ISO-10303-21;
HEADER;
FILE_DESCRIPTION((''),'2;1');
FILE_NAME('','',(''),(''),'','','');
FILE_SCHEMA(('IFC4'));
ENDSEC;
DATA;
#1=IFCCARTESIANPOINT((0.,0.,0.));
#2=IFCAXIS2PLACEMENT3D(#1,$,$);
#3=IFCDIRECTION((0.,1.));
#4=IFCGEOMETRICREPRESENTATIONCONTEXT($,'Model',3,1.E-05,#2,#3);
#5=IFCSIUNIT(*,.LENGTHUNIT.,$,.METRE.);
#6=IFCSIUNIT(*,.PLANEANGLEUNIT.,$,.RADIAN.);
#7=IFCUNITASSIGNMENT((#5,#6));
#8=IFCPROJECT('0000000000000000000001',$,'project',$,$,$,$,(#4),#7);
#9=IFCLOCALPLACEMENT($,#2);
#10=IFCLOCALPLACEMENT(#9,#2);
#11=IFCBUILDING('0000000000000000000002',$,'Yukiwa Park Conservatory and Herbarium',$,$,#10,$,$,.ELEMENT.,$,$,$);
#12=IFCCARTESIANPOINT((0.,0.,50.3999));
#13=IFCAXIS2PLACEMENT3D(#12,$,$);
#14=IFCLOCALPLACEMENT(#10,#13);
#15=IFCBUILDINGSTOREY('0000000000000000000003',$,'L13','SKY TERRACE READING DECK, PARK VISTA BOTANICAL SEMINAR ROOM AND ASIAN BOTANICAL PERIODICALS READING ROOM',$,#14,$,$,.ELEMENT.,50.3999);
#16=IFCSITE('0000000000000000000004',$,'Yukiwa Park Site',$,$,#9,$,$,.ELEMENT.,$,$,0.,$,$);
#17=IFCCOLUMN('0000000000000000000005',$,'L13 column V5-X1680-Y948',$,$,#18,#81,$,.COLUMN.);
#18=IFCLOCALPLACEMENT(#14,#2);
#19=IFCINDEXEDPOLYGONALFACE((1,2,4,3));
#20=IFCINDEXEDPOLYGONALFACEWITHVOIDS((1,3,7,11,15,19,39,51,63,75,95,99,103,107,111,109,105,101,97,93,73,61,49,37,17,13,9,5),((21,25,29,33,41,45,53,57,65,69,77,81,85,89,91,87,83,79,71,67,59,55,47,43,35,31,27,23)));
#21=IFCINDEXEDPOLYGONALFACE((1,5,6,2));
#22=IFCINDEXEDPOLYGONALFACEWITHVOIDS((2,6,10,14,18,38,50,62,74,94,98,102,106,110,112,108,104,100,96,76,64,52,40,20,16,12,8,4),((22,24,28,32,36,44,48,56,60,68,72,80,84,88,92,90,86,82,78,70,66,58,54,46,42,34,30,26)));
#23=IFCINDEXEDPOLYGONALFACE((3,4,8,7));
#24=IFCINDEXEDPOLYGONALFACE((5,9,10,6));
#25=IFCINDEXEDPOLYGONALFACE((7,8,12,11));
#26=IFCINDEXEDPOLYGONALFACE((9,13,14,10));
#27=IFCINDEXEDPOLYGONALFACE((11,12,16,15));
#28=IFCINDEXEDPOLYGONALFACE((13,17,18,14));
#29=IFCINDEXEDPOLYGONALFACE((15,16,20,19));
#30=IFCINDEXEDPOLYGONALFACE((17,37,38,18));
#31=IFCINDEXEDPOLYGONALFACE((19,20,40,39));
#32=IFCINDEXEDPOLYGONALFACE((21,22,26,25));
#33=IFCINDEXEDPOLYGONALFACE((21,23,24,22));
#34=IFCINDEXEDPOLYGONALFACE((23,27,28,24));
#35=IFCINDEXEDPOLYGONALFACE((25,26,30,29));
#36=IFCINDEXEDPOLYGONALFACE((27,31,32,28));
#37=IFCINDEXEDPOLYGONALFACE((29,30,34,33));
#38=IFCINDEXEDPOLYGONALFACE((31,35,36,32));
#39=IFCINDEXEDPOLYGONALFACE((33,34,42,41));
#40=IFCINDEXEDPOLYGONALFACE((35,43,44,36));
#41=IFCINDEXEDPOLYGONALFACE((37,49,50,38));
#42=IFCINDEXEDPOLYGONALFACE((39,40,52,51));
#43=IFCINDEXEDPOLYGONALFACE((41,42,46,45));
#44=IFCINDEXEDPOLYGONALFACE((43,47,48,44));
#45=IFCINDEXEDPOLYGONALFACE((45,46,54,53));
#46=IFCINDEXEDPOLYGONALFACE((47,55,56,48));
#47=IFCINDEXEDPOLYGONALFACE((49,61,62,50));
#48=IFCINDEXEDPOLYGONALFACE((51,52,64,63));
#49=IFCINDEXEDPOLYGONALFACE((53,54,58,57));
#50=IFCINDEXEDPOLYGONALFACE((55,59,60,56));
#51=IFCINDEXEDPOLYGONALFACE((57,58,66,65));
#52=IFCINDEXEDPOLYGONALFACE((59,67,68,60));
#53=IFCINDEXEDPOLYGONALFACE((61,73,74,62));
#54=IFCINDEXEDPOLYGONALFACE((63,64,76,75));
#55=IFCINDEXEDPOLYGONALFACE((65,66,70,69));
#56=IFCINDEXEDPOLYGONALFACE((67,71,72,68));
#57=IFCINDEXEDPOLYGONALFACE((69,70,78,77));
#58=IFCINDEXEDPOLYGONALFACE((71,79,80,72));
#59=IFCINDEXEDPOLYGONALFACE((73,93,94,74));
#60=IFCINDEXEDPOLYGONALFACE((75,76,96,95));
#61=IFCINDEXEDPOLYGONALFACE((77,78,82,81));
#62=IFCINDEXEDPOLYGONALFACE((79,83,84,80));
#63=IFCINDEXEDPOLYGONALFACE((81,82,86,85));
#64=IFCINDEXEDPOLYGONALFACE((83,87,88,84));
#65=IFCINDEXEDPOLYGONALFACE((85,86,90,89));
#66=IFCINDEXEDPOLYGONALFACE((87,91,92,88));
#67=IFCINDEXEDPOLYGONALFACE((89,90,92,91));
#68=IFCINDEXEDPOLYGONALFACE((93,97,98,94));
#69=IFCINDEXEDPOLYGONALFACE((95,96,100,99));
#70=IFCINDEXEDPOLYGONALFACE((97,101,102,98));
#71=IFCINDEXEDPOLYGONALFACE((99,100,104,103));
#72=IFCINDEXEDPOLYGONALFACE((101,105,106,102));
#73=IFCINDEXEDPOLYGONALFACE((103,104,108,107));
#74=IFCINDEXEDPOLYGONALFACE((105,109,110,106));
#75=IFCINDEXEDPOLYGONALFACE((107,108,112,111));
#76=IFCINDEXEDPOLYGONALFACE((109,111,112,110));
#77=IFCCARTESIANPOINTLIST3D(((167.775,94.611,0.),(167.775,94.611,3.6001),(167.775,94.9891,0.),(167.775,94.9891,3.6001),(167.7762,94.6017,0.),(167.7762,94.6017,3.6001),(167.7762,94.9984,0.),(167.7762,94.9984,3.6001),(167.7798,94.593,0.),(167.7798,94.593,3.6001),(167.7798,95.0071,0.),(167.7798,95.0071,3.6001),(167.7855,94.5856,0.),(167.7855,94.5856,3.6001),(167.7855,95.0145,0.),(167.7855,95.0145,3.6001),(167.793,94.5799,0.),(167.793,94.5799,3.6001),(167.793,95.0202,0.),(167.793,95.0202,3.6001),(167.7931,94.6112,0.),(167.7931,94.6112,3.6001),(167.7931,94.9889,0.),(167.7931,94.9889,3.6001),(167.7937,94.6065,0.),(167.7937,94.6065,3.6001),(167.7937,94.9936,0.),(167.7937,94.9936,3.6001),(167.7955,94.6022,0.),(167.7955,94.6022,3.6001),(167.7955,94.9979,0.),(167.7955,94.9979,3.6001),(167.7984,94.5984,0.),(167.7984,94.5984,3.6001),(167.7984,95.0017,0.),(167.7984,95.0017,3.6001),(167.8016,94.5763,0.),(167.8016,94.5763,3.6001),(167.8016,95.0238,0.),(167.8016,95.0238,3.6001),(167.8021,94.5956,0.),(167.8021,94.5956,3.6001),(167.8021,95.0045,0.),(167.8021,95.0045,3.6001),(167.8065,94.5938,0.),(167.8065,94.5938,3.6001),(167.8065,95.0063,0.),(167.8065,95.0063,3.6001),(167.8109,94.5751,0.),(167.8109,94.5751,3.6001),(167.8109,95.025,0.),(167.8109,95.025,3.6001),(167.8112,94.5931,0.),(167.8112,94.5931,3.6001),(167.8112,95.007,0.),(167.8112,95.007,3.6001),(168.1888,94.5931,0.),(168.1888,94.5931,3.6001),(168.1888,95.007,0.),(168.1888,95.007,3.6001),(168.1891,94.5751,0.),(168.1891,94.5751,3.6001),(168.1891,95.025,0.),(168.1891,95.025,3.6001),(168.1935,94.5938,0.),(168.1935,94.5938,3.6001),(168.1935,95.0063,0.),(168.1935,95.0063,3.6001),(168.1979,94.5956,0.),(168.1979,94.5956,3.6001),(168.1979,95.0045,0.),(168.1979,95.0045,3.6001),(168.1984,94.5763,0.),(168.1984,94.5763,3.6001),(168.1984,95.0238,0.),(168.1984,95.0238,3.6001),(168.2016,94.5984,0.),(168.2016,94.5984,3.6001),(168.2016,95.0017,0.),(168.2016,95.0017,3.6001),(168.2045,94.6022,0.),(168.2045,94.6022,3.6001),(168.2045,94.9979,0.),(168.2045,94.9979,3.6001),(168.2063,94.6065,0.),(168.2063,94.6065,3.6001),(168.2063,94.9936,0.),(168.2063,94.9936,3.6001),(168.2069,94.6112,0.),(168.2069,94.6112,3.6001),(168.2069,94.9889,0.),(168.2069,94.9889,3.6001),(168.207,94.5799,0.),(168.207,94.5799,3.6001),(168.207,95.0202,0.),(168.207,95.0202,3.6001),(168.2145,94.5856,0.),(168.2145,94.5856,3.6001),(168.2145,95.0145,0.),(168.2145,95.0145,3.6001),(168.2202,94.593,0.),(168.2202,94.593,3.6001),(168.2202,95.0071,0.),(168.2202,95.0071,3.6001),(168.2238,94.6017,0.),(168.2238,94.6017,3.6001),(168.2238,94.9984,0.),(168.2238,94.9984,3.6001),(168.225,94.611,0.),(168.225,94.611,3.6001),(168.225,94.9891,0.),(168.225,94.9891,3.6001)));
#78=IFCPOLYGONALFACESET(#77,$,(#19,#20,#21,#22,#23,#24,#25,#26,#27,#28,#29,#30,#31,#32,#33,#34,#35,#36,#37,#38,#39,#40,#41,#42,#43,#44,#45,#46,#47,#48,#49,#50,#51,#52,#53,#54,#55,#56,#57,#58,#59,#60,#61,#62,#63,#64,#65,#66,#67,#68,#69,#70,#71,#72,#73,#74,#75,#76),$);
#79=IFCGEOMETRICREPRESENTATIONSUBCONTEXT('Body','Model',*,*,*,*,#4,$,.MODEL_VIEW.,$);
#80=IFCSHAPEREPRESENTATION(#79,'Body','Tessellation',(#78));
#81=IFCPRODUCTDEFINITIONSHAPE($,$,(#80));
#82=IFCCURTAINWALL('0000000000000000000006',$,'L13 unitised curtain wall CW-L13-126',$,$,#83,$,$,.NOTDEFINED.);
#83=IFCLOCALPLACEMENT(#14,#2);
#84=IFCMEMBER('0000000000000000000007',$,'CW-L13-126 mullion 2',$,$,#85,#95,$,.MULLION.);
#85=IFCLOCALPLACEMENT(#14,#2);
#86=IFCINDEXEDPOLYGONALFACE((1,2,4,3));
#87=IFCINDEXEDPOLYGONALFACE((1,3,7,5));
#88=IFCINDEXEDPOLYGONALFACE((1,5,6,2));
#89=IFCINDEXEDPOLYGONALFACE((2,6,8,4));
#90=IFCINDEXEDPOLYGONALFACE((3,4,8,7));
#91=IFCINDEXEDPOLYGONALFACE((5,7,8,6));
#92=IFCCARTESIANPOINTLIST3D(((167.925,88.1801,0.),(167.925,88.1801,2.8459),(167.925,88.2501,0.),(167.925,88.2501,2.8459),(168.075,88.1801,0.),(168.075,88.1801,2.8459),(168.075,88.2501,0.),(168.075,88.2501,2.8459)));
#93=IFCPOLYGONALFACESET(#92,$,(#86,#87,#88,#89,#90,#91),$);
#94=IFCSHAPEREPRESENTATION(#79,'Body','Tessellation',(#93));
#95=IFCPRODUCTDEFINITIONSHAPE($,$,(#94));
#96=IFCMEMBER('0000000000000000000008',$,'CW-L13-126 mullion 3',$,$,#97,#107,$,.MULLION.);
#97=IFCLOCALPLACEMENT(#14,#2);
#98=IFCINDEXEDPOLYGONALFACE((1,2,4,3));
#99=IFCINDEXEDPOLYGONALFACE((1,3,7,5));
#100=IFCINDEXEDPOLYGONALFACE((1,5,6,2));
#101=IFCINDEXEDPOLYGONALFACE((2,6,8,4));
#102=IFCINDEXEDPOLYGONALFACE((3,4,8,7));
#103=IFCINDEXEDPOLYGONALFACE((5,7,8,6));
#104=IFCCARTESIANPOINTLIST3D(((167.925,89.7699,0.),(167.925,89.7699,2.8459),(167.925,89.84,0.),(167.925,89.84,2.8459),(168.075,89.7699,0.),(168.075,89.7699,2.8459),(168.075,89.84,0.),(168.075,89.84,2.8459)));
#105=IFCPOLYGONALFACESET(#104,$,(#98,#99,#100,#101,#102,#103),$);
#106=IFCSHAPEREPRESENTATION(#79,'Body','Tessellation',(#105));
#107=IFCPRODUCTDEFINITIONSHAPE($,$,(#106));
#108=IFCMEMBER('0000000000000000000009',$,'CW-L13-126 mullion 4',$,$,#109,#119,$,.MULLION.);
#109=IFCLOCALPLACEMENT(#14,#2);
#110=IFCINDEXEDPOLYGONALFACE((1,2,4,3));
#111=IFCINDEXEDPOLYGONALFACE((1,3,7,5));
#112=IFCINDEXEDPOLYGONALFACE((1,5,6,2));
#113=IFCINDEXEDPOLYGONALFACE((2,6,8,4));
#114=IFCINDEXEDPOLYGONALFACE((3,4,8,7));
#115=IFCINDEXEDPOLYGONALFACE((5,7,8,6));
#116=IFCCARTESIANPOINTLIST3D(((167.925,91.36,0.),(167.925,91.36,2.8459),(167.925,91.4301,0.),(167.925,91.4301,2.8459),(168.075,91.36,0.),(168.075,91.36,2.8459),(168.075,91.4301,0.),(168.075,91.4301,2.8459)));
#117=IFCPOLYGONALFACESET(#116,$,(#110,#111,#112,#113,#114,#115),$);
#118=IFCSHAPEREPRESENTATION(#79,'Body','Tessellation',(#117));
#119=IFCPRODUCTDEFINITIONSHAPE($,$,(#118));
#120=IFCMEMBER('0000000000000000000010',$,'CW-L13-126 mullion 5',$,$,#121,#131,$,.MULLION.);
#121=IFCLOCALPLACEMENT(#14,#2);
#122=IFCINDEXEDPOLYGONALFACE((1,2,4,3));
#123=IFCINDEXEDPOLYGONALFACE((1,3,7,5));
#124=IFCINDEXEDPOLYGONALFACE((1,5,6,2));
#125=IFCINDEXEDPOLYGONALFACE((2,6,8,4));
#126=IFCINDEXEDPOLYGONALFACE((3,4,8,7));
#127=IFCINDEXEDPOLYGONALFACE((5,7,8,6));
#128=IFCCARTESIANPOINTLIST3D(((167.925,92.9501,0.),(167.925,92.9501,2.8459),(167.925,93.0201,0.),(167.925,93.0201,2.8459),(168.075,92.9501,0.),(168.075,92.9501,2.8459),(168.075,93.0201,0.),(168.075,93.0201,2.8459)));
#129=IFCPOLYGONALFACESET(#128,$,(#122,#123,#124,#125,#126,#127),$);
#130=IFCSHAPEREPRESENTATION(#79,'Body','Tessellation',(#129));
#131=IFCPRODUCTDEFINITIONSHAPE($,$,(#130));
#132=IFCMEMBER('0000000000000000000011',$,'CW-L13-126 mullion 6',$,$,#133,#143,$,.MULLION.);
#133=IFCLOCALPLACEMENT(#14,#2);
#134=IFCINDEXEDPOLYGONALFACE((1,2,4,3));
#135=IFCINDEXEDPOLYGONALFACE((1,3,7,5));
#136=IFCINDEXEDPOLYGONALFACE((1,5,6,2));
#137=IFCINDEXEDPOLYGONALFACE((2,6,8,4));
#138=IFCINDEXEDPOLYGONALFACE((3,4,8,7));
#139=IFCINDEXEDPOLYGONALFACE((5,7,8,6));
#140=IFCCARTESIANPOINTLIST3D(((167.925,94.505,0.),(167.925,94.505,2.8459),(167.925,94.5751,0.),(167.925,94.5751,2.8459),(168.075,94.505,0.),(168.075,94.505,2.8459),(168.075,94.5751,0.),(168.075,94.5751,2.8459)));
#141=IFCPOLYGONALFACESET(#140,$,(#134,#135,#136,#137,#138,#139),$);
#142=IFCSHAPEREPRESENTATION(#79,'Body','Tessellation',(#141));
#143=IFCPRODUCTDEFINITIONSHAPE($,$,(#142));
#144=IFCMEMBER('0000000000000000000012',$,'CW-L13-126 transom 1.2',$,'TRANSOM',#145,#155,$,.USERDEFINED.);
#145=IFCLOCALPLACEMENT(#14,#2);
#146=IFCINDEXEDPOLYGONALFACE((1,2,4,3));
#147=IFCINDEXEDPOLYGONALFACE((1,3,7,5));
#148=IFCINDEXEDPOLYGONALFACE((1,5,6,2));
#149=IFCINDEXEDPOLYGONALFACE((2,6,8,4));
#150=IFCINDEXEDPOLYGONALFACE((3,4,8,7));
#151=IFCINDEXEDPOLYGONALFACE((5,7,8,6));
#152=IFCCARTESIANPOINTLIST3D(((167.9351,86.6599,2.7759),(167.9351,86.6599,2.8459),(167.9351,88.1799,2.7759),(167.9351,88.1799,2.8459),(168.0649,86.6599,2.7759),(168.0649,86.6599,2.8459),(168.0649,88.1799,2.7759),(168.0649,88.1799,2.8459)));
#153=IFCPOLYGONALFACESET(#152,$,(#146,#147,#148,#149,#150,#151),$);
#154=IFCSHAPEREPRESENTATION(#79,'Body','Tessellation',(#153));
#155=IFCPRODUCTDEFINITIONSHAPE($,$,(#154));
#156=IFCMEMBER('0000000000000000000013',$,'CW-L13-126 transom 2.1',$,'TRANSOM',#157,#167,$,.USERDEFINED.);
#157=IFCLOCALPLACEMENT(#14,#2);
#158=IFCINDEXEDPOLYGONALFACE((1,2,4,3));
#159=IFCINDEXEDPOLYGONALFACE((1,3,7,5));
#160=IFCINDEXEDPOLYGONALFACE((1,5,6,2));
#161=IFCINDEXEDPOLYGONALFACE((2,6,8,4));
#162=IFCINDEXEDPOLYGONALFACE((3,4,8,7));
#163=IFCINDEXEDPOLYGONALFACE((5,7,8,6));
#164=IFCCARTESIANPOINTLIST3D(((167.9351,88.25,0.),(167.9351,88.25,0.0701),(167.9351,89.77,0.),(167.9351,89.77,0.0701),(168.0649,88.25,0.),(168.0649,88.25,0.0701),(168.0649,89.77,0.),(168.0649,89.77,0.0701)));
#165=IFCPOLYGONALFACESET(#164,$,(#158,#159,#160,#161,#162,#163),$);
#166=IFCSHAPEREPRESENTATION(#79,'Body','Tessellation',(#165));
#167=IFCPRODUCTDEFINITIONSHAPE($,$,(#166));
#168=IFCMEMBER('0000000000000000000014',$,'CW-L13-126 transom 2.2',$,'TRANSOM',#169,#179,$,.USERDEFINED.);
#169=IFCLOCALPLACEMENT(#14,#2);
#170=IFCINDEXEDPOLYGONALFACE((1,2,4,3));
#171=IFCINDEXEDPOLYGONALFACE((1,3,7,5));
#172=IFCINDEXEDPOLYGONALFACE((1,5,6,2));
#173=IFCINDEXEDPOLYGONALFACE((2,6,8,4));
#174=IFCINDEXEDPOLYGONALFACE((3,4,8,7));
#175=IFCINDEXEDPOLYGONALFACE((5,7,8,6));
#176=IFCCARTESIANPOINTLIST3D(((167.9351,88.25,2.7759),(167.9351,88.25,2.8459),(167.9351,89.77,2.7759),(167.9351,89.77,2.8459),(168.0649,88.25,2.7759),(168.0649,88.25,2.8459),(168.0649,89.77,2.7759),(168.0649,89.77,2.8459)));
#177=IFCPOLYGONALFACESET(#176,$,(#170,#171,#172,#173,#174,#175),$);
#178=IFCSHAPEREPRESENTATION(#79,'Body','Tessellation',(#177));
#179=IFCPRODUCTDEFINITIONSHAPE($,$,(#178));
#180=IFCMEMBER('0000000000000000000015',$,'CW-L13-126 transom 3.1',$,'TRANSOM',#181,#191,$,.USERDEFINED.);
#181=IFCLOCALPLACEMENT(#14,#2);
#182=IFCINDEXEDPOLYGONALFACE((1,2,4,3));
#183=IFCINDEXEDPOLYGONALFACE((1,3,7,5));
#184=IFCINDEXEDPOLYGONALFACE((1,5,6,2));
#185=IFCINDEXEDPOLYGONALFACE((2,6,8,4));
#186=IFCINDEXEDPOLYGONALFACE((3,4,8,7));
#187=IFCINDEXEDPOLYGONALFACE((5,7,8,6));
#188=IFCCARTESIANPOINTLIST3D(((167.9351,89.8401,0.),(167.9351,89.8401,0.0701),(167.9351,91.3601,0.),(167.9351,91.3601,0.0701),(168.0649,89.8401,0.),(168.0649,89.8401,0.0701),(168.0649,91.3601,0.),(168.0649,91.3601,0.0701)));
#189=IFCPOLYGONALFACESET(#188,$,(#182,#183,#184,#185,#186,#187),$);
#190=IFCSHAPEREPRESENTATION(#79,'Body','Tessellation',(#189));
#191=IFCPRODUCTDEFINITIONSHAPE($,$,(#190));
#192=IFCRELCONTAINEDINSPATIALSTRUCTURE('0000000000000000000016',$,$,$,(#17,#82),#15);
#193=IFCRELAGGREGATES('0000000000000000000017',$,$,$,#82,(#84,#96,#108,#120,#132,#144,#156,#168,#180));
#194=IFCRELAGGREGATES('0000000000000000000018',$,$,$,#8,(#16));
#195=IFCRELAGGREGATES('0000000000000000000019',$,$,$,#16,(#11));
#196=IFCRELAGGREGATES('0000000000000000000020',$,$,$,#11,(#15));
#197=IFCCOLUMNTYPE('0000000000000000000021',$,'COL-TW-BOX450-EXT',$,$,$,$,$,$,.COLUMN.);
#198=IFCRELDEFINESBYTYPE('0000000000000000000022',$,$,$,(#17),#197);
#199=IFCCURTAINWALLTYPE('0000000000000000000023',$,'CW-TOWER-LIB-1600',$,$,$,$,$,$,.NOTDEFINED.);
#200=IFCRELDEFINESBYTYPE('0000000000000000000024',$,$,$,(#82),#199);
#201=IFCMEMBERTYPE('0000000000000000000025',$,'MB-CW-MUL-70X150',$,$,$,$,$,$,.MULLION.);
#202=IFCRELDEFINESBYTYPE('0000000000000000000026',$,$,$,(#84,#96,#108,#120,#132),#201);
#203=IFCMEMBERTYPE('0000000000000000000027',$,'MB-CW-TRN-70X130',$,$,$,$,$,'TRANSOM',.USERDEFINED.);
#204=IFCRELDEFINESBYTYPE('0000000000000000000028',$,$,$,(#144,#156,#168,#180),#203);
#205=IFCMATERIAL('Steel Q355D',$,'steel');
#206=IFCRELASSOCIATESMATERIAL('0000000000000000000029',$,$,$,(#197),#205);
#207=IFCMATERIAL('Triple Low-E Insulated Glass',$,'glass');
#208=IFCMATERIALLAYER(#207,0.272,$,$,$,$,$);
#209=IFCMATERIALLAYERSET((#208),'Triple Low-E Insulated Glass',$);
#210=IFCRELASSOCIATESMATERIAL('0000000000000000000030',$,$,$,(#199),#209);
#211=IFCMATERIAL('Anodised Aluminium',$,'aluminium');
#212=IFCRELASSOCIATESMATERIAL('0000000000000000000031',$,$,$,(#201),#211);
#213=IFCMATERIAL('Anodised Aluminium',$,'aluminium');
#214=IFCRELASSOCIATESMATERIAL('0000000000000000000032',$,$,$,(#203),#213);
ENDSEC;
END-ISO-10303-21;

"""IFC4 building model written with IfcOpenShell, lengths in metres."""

from ifc_helpers import new_model, si_unit, direction, frame, origin, origin_2d, place, context, subcontext, project, spatial, rectangle, hollow_rectangle, extrude, material, layer, layer_set, material_profile, profile_set, type_object, element, aggregate, save


model = new_model("IFC4")

# Units and contexts
model_context = context("Model", 3, precision=1e-05, world=origin(), true_north=direction((0.0, 1.0)))
body_context = subcontext(model_context, "Body", "Model", "MODEL_VIEW")
ifc_project = project(units=[si_unit("LENGTHUNIT", "METRE"), si_unit("PLANEANGLEUNIT", "RADIAN")], contexts=[model_context])

# Site, building, storey
site_placement = place(None, origin())
site = spatial("IfcSite", under=ifc_project, at=site_placement, Name="Yukiwa Park Site", CompositionType="ELEMENT", RefElevation=0.0)
building_placement = place(site_placement, origin())
building = spatial("IfcBuilding", under=site, at=building_placement, Name="Yukiwa Park Conservatory and Herbarium", CompositionType="ELEMENT")
storey_placement = place(building_placement, frame((0.0, 0.0, 50.3999)))
storey = spatial("IfcBuildingStorey", under=building, at=storey_placement, Name="L13", Description="SKY TERRACE READING DECK, PARK VISTA BOTANICAL SEMINAR ROOM AND ASIAN BOTANICAL PERIODICALS READING ROOM", CompositionType="ELEMENT", Elevation=50.3999)

# Column
ifc_material_1 = material(Name="Steel Q355D", Category="steel")
ifc_material_profile = material_profile(ifc_material_1, hollow_rectangle(XDim=0.45, YDim=0.45, WallThickness=0.0181, InnerFilletRadius=0.0181, OuterFilletRadius=0.0359, at=origin_2d()), Name="BOX 450x450x18")
ifc_profile_set = profile_set([ifc_material_profile], Name="Steel Q355D")
column_type = type_object("IfcColumnType", Name="COL-TW-BOX450-EXT", PredefinedType="COLUMN", material=ifc_profile_set)
column_placement = place(storey_placement, frame((168.0, 94.8, 0.0), z_axis=(0.0, 0.0, 1.0), x_axis=(1.0, 0.0, 0.0)))
element("IfcColumn", 1, at=column_placement, inside=storey, type_object=column_type, Name="L13 column V5-X1680-Y948", PredefinedType="COLUMN", context=body_context, shape_type="SweptSolid", body=[
    extrude(hollow_rectangle(XDim=0.45, YDim=0.45, WallThickness=0.0181, InnerFilletRadius=0.0181, OuterFilletRadius=0.0359, at=origin_2d()), origin(), (0.0, 0.0, 1.0), 3.6001),
])

# Curtain wall, members
ifc_material_2 = material(Name="Triple Low-E Insulated Glass", Category="glass")
ifc_layer_1 = layer(ifc_material_2, 0.272)
ifc_layer_set_1 = layer_set([ifc_layer_1], Name="Triple Low-E Insulated Glass")
curtain_wall_type = type_object("IfcCurtainWallType", Name="CW-TOWER-LIB-1600", PredefinedType="NOTDEFINED", material=ifc_layer_set_1)
curtain_wall_placement = place(storey_placement, origin())
curtain_wall = element("IfcCurtainWall", 2, at=curtain_wall_placement, inside=storey, type_object=curtain_wall_type, Name="L13 unitised curtain wall CW-L13-126", PredefinedType="NOTDEFINED")
ifc_material_3 = material(Name="Anodised Aluminium", Category="aluminium")
member_type_1 = type_object("IfcMemberType", Name="MB-CW-MUL-70X150", PredefinedType="MULLION", material=ifc_material_3)
member_1_placement = place(storey_placement, frame((168.0, 88.2151, 0.0), z_axis=(0.0, 0.0, 1.0), x_axis=(0.0, 1.0, 0.0)))
member_1 = element("IfcMember", 3, at=member_1_placement, type_object=member_type_1, Name="CW-L13-126 mullion 2", PredefinedType="MULLION", context=body_context, shape_type="SweptSolid", body=[
    extrude(rectangle(XDim=0.0701, YDim=0.1499, at=origin_2d()), origin(), (0.0, 0.0, 1.0), 2.8459),
])
member_2_placement = place(storey_placement, frame((168.0, 89.8049, 0.0), z_axis=(0.0, 0.0, 1.0), x_axis=(0.0, 1.0, 0.0)))
member_2 = element("IfcMember", 4, at=member_2_placement, type_object=member_type_1, Name="CW-L13-126 mullion 3", PredefinedType="MULLION", context=body_context, shape_type="SweptSolid", body=[
    extrude(rectangle(XDim=0.0701, YDim=0.1499, at=origin_2d()), origin(), (0.0, 0.0, 1.0), 2.8459),
])
member_3_placement = place(storey_placement, frame((168.0, 91.395, 0.0), z_axis=(0.0, 0.0, 1.0), x_axis=(0.0, 1.0, 0.0)))
member_3 = element("IfcMember", 5, at=member_3_placement, type_object=member_type_1, Name="CW-L13-126 mullion 4", PredefinedType="MULLION", context=body_context, shape_type="SweptSolid", body=[
    extrude(rectangle(XDim=0.0701, YDim=0.1499, at=origin_2d()), origin(), (0.0, 0.0, 1.0), 2.8459),
])
member_4_placement = place(storey_placement, frame((168.0, 92.9851, 0.0), z_axis=(0.0, 0.0, 1.0), x_axis=(0.0, 1.0, 0.0)))
member_4 = element("IfcMember", 6, at=member_4_placement, type_object=member_type_1, Name="CW-L13-126 mullion 5", PredefinedType="MULLION", context=body_context, shape_type="SweptSolid", body=[
    extrude(rectangle(XDim=0.0701, YDim=0.1499, at=origin_2d()), origin(), (0.0, 0.0, 1.0), 2.8459),
])
member_5_placement = place(storey_placement, frame((168.0, 94.54, 0.0), z_axis=(0.0, 0.0, 1.0), x_axis=(0.0, 1.0, 0.0)))
member_5 = element("IfcMember", 7, at=member_5_placement, type_object=member_type_1, Name="CW-L13-126 mullion 6", PredefinedType="MULLION", context=body_context, shape_type="SweptSolid", body=[
    extrude(rectangle(XDim=0.0701, YDim=0.1499, at=origin_2d()), origin(), (0.0, 0.0, 1.0), 2.8459),
])
ifc_material_4 = material(Name="Anodised Aluminium", Category="aluminium")
member_type_2 = type_object("IfcMemberType", Name="MB-CW-TRN-70X130", ElementType="TRANSOM", PredefinedType="USERDEFINED", material=ifc_material_4)
member_6_placement = place(storey_placement, frame((168.0, 87.4199, 2.7759), z_axis=(0.0, 0.0, 1.0), x_axis=(0.0, 1.0, 0.0)))
member_6 = element("IfcMember", 8, at=member_6_placement, type_object=member_type_2, Name="CW-L13-126 transom 1.2", ObjectType="TRANSOM", PredefinedType="USERDEFINED", context=body_context, shape_type="SweptSolid", body=[
    extrude(rectangle(XDim=1.52, YDim=0.1299, at=origin_2d()), origin(), (0.0, 0.0, 1.0), 0.0701),
])
member_7_placement = place(storey_placement, frame((168.0, 89.01, 0.0), z_axis=(0.0, 0.0, 1.0), x_axis=(0.0, 1.0, 0.0)))
member_7 = element("IfcMember", 9, at=member_7_placement, type_object=member_type_2, Name="CW-L13-126 transom 2.1", ObjectType="TRANSOM", PredefinedType="USERDEFINED", context=body_context, shape_type="SweptSolid", body=[
    extrude(rectangle(XDim=1.52, YDim=0.1299, at=origin_2d()), origin(), (0.0, 0.0, 1.0), 0.0701),
])
member_8_placement = place(storey_placement, frame((168.0, 89.01, 2.7759), z_axis=(0.0, 0.0, 1.0), x_axis=(0.0, 1.0, 0.0)))
member_8 = element("IfcMember", 10, at=member_8_placement, type_object=member_type_2, Name="CW-L13-126 transom 2.2", ObjectType="TRANSOM", PredefinedType="USERDEFINED", context=body_context, shape_type="SweptSolid", body=[
    extrude(rectangle(XDim=1.52, YDim=0.1299, at=origin_2d()), origin(), (0.0, 0.0, 1.0), 0.0701),
])
member_9_placement = place(storey_placement, frame((168.0, 90.6001, 0.0), z_axis=(0.0, 0.0, 1.0), x_axis=(0.0, 1.0, 0.0)))
member_9 = element("IfcMember", 11, at=member_9_placement, type_object=member_type_2, Name="CW-L13-126 transom 3.1", ObjectType="TRANSOM", PredefinedType="USERDEFINED", context=body_context, shape_type="SweptSolid", body=[
    extrude(rectangle(XDim=1.52, YDim=0.1299, at=origin_2d()), origin(), (0.0, 0.0, 1.0), 0.0701),
])
aggregate(curtain_wall, [member_1, member_2, member_3, member_4, member_5, member_6, member_7, member_8, member_9])

save(model, "model.ifc")
